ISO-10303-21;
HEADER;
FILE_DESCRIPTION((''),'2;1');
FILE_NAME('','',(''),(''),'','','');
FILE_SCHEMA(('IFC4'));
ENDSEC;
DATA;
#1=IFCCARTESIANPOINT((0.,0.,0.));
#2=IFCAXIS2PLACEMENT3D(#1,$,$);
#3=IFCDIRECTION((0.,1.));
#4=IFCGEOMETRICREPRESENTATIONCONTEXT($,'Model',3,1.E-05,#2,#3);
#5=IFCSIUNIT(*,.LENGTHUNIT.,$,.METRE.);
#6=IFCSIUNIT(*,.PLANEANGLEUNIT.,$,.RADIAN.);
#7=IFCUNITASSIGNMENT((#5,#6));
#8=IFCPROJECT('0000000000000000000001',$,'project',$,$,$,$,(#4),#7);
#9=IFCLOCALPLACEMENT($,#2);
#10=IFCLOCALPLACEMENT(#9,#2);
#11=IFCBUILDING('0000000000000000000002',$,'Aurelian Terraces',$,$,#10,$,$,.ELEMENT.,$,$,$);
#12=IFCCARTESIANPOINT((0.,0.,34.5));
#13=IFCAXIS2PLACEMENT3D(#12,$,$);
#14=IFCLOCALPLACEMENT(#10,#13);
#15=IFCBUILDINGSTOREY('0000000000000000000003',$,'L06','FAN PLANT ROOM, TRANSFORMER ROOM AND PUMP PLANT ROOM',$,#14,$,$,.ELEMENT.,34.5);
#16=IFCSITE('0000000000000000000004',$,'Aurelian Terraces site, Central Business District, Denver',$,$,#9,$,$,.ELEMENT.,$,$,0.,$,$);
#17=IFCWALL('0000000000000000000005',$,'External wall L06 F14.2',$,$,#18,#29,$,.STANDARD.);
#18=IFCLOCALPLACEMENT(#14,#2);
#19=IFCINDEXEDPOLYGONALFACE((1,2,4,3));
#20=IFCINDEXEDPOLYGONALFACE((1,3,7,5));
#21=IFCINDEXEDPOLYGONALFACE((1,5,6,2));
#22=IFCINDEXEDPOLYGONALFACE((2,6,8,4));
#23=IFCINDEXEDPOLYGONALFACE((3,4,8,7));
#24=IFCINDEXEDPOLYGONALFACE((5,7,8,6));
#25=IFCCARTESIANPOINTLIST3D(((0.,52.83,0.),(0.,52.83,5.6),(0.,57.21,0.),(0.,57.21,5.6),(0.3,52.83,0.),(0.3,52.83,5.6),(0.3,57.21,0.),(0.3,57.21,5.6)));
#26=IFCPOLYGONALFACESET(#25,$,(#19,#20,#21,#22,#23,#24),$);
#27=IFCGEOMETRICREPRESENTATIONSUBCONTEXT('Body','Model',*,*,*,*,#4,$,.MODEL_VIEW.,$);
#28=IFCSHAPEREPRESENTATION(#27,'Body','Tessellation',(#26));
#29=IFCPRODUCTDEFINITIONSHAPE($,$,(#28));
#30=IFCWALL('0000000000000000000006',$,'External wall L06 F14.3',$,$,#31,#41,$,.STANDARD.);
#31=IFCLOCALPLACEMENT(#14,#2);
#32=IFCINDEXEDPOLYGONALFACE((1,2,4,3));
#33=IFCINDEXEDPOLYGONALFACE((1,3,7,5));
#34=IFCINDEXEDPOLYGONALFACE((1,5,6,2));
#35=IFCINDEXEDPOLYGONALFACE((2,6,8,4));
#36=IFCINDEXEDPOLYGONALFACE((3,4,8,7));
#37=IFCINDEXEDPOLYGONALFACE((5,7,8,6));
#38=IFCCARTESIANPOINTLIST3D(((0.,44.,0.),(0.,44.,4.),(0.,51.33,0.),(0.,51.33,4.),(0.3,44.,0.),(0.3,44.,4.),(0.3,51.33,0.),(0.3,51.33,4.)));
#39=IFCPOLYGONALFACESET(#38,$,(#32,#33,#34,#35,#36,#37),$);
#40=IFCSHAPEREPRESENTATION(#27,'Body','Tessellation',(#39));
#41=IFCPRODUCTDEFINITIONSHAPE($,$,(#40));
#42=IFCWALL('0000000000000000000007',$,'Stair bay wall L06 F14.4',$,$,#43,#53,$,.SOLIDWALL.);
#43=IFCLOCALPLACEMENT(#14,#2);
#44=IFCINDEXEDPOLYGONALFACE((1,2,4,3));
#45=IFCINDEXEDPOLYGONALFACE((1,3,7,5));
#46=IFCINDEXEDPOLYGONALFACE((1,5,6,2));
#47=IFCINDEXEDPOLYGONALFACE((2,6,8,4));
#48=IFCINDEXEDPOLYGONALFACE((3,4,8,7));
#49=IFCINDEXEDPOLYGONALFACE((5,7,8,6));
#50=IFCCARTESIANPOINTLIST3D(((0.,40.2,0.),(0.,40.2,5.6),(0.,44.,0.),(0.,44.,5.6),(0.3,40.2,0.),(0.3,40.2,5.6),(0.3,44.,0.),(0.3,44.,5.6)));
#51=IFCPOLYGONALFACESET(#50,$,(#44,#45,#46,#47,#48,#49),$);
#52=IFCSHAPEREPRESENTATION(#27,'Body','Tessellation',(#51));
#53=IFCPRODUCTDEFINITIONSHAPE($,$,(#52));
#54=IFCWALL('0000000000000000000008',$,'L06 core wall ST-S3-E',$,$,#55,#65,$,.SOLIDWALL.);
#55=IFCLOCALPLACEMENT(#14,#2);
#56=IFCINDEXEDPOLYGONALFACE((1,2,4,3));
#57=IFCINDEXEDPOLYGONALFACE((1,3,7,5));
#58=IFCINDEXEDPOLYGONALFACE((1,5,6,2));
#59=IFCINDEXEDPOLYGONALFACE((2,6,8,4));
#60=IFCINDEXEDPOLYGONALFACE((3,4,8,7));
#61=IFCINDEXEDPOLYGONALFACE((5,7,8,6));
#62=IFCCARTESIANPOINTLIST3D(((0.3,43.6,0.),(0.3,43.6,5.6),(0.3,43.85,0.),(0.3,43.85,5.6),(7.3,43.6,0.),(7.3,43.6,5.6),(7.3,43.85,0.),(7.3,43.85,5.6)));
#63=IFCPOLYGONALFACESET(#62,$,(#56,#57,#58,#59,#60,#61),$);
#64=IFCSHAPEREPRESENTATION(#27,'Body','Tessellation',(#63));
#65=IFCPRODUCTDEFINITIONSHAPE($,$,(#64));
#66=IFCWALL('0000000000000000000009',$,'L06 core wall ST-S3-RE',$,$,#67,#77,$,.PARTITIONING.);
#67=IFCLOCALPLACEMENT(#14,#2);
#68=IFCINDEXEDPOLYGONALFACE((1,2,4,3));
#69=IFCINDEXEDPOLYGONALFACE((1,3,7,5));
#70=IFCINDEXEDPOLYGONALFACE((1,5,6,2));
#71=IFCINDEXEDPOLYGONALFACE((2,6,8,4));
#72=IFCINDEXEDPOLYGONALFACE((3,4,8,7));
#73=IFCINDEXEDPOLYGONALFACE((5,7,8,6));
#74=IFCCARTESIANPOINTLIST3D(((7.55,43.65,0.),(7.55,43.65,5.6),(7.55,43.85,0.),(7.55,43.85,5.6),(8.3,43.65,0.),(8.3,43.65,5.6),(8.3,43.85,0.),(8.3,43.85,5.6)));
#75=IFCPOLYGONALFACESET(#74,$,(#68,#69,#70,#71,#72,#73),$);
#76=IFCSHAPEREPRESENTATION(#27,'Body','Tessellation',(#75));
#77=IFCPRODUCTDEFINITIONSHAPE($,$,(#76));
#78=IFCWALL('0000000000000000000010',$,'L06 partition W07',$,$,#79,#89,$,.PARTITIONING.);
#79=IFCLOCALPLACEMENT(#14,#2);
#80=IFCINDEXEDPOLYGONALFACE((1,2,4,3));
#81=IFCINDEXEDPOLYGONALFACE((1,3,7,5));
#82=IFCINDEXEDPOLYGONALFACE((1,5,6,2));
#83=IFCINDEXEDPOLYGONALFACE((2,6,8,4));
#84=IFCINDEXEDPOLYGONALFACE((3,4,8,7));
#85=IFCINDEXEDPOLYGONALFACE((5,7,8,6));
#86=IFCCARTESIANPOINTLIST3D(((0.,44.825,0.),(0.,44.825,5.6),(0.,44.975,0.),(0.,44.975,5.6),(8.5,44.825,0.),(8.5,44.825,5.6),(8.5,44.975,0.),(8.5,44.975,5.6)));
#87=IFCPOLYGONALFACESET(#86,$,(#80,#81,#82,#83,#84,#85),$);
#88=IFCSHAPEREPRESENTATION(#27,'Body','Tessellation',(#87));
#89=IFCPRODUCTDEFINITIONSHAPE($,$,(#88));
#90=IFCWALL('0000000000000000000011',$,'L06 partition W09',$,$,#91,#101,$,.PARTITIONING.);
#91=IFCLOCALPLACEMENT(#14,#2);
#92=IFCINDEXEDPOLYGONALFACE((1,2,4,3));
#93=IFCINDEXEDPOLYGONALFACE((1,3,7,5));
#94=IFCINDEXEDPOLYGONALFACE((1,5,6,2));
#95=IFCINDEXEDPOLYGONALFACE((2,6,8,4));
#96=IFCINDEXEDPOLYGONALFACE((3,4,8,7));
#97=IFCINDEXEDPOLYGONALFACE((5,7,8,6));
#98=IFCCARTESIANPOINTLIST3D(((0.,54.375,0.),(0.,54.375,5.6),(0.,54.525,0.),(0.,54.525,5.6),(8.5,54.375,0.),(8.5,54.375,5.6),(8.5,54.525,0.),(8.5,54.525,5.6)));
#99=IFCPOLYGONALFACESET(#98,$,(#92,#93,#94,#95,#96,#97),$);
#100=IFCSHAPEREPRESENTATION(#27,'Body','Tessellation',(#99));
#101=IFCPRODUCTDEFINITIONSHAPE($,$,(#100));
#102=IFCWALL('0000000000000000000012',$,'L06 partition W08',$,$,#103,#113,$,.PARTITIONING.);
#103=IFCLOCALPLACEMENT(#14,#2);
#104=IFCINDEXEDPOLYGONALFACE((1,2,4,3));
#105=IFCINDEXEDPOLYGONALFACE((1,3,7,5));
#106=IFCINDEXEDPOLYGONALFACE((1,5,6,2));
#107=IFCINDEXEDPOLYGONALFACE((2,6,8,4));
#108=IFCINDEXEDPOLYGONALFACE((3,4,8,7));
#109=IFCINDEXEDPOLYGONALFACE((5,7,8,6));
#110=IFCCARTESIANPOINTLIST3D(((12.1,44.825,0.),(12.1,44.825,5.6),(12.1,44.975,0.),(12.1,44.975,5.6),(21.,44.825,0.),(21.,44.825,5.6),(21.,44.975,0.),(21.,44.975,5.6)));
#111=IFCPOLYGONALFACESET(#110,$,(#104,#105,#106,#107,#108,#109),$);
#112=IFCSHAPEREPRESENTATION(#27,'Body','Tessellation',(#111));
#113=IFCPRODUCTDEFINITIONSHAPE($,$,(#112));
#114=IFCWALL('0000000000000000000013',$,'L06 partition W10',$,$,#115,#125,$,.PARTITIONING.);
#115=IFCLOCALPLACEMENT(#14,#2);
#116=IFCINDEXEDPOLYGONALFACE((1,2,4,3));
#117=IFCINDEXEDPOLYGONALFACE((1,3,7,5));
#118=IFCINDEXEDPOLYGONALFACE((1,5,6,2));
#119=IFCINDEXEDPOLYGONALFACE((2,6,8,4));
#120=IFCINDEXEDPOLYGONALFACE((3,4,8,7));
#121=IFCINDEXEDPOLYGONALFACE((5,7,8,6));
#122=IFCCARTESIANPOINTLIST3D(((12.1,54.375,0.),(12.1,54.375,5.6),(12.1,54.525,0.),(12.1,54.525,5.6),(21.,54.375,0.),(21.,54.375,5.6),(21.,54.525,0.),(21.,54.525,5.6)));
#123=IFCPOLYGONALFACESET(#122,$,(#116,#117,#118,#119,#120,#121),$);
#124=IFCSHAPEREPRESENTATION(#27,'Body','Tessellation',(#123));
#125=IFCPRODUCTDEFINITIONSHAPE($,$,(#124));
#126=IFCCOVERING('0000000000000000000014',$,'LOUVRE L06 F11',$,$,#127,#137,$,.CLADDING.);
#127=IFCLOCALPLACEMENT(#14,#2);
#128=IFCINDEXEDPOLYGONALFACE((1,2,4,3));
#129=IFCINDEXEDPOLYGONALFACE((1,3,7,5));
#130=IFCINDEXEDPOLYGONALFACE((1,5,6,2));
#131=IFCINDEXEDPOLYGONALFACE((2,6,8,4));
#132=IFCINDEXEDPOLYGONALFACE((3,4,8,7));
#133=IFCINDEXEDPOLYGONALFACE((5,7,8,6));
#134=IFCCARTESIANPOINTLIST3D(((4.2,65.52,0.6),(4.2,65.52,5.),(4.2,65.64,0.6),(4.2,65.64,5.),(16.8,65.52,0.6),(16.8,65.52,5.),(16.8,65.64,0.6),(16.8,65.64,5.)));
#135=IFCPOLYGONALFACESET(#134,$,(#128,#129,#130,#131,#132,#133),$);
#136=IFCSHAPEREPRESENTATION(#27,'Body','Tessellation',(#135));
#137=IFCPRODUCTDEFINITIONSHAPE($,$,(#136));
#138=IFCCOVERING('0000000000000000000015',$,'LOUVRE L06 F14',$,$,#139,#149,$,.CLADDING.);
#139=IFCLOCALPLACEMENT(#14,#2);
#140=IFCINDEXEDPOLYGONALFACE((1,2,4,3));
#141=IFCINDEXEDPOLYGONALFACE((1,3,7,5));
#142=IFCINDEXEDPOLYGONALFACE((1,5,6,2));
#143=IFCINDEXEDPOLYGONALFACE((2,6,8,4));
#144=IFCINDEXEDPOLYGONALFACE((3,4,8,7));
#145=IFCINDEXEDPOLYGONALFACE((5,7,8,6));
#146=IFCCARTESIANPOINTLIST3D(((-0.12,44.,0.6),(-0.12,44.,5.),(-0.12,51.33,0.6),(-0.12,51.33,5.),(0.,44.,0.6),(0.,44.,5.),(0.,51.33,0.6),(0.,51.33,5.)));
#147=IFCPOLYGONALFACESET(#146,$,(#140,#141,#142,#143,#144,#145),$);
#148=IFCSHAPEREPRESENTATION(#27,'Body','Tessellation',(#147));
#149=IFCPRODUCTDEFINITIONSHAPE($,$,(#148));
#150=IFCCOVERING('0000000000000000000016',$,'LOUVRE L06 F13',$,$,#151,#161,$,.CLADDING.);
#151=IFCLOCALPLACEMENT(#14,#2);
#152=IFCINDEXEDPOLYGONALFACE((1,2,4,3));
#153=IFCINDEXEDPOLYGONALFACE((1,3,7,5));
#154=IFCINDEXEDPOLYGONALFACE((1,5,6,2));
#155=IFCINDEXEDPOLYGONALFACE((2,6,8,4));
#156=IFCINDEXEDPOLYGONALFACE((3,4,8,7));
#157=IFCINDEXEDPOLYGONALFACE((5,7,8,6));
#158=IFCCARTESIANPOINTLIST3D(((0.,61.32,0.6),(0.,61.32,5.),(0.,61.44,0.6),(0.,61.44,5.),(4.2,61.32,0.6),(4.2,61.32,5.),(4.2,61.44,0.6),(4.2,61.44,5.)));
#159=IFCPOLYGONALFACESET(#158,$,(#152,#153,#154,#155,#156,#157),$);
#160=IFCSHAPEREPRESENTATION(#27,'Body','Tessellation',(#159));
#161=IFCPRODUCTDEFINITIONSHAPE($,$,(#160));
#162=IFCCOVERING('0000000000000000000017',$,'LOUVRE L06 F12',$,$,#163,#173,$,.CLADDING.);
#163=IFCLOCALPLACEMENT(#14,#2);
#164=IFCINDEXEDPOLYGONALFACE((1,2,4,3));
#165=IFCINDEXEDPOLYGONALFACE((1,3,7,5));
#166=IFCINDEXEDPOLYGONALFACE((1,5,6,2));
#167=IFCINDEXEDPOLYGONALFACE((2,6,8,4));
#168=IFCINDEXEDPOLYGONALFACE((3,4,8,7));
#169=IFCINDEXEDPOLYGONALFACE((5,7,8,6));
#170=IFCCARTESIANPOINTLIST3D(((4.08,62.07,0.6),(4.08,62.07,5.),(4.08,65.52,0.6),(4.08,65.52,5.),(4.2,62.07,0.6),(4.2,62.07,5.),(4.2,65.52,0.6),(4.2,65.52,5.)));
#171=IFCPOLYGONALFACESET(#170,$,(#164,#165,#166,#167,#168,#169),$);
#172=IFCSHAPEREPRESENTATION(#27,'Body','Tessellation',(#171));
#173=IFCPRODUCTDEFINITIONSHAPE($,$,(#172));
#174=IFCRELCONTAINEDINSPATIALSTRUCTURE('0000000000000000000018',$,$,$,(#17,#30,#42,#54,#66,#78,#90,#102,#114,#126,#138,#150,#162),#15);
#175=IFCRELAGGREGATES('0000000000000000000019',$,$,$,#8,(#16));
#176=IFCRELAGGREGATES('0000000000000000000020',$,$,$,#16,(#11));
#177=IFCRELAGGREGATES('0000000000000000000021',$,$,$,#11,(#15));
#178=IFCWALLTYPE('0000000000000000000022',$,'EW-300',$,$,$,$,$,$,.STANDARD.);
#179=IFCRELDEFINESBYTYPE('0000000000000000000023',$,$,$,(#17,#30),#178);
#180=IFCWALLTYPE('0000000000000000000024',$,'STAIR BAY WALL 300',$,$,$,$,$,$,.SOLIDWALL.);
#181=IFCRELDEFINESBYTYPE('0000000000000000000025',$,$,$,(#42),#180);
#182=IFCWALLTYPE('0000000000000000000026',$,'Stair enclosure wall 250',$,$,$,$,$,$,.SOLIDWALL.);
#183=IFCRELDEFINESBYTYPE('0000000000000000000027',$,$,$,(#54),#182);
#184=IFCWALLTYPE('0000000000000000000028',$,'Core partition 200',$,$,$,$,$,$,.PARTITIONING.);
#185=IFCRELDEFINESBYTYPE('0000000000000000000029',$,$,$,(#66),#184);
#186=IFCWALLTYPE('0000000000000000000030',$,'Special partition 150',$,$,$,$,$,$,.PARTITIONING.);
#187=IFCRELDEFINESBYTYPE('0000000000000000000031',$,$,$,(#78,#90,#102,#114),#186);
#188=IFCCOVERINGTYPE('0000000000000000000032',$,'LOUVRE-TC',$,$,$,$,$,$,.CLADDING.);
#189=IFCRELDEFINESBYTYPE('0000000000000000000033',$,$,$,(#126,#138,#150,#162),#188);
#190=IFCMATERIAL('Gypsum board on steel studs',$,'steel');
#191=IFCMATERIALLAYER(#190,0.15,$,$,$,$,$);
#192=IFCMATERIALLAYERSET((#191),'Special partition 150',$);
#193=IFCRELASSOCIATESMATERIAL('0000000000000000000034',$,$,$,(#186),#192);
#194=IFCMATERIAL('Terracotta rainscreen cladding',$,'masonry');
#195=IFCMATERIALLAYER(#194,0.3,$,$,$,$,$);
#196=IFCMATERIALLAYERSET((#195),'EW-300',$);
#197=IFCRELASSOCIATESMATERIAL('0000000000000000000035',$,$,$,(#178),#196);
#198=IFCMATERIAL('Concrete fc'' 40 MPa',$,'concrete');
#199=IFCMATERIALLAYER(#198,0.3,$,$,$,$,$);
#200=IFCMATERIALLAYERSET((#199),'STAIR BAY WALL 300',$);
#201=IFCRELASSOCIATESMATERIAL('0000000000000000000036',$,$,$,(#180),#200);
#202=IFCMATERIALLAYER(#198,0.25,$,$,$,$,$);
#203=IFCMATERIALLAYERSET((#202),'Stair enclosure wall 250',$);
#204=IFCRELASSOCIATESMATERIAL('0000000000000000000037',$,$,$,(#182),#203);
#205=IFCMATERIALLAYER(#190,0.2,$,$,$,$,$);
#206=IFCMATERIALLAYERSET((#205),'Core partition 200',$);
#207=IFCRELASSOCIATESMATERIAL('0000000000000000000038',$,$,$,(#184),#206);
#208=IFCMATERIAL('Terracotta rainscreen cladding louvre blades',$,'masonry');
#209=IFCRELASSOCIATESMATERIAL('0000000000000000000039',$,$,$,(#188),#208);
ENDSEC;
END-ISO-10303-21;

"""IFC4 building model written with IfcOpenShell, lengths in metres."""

from ifc_helpers import new_model, si_unit, direction, frame, frame_2d, origin, origin_2d, place, context, subcontext, project, spatial, rectangle, extrude, source, transform, mapped, material, layer, layer_set, type_object, element, save


model = new_model("IFC4")

# Units and contexts
model_context = context("Model", 3, precision=1e-05, world=origin(), true_north=direction((0.0, 1.0)))
body_context = subcontext(model_context, "Body", "Model", "MODEL_VIEW")
ifc_project = project(units=[si_unit("LENGTHUNIT", "METRE"), si_unit("PLANEANGLEUNIT", "RADIAN")], contexts=[model_context])

# Site, building, storey
site_placement = place(None, origin())
site = spatial("IfcSite", under=ifc_project, at=site_placement, Name="Aurelian Terraces site, Central Business District, Denver", CompositionType="ELEMENT", RefElevation=0.0)
building_placement = place(site_placement, origin())
building = spatial("IfcBuilding", under=site, at=building_placement, Name="Aurelian Terraces", CompositionType="ELEMENT")
storey_placement = place(building_placement, frame((0.0, 0.0, 34.5)))
storey = spatial("IfcBuildingStorey", under=building, at=storey_placement, Name="L06", Description="FAN PLANT ROOM, TRANSFORMER ROOM AND PUMP PLANT ROOM", CompositionType="ELEMENT", Elevation=34.5)

# Shared definitions
ifc_material_1 = material(Name="Terracotta rainscreen cladding", Category="masonry")

# Shared definitions
ifc_material_2 = material(Name="Gypsum board on steel studs", Category="steel")
ifc_layer_1 = layer(ifc_material_2, 0.15)
ifc_layer_set_1 = layer_set([ifc_layer_1], Name="Special partition 150")
wall_type_1 = type_object("IfcWallType", Name="Special partition 150", PredefinedType="PARTITIONING", material=ifc_layer_set_1)

# Walls
ifc_layer_2 = layer(ifc_material_1, 0.3)
ifc_layer_set_2 = layer_set([ifc_layer_2], Name="EW-300")
wall_type_2 = type_object("IfcWallType", Name="EW-300", PredefinedType="STANDARD", material=ifc_layer_set_2)
shared_shape_1 = source(origin(), body_context, "Body", "SweptSolid", [
    extrude(rectangle(XDim=4.38, YDim=0.3, at=frame_2d((2.19, 0.0))), origin(), (0.0, 0.0, 1.0), 5.6),
])
wall_1_placement = place(storey_placement, frame((0.15, 57.21, 0.0), z_axis=(0.0, 0.0, 1.0), x_axis=(0.0, -1.0, 0.0)))
element("IfcWall", 1, at=wall_1_placement, inside=storey, type_object=wall_type_2, Name="External wall L06 F14.2", PredefinedType="STANDARD", context=body_context, shape_type="MappedRepresentation", body=[
    mapped(shared_shape_1, transform((0.0, 0.0, 0.0), scale=1.0)),
])
shared_shape_2 = source(origin(), body_context, "Body", "SweptSolid", [
    extrude(rectangle(XDim=7.33, YDim=0.3, at=frame_2d((3.665, 0.0))), origin(), (0.0, 0.0, 1.0), 4.0),
])
wall_2_placement = place(storey_placement, frame((0.15, 51.33, 0.0), z_axis=(0.0, 0.0, 1.0), x_axis=(0.0, -1.0, 0.0)))
element("IfcWall", 2, at=wall_2_placement, inside=storey, type_object=wall_type_2, Name="External wall L06 F14.3", PredefinedType="STANDARD", context=body_context, shape_type="MappedRepresentation", body=[
    mapped(shared_shape_2, transform((0.0, 0.0, 0.0), scale=1.0)),
])
ifc_material_3 = material(Name="Concrete fc' 40 MPa", Category="concrete")
ifc_layer_3 = layer(ifc_material_3, 0.3)
ifc_layer_set_3 = layer_set([ifc_layer_3], Name="STAIR BAY WALL 300")
wall_type_3 = type_object("IfcWallType", Name="STAIR BAY WALL 300", PredefinedType="SOLIDWALL", material=ifc_layer_set_3)
shared_shape_3 = source(origin(), body_context, "Body", "SweptSolid", [
    extrude(rectangle(XDim=3.8, YDim=0.3, at=frame_2d((1.9, 0.0))), origin(), (0.0, 0.0, 1.0), 5.6),
])
wall_3_placement = place(storey_placement, frame((0.15, 44.0, 0.0), z_axis=(0.0, 0.0, 1.0), x_axis=(0.0, -1.0, 0.0)))
element("IfcWall", 3, at=wall_3_placement, inside=storey, type_object=wall_type_3, Name="Stair bay wall L06 F14.4", PredefinedType="SOLIDWALL", context=body_context, shape_type="MappedRepresentation", body=[
    mapped(shared_shape_3, transform((0.0, 0.0, 0.0), scale=1.0)),
])
ifc_layer_4 = layer(ifc_material_3, 0.25)
ifc_layer_set_4 = layer_set([ifc_layer_4], Name="Stair enclosure wall 250")
wall_type_4 = type_object("IfcWallType", Name="Stair enclosure wall 250", PredefinedType="SOLIDWALL", material=ifc_layer_set_4)
shared_shape_4 = source(origin(), body_context, "Body", "SweptSolid", [
    extrude(rectangle(XDim=7.0, YDim=0.25, at=frame_2d((3.5, 0.0))), origin(), (0.0, 0.0, 1.0), 5.6),
])
wall_4_placement = place(storey_placement, frame((0.3, 43.725, 0.0), z_axis=(0.0, 0.0, 1.0), x_axis=(1.0, 0.0, 0.0)))
element("IfcWall", 4, at=wall_4_placement, inside=storey, type_object=wall_type_4, Name="L06 core wall ST-S3-E", PredefinedType="SOLIDWALL", context=body_context, shape_type="MappedRepresentation", body=[
    mapped(shared_shape_4, transform((0.0, 0.0, 0.0), scale=1.0)),
])
ifc_layer_5 = layer(ifc_material_2, 0.2)
ifc_layer_set_5 = layer_set([ifc_layer_5], Name="Core partition 200")
wall_type_5 = type_object("IfcWallType", Name="Core partition 200", PredefinedType="PARTITIONING", material=ifc_layer_set_5)
shared_shape_5 = source(origin(), body_context, "Body", "SweptSolid", [
    extrude(rectangle(XDim=0.75, YDim=0.2, at=frame_2d((0.375, 0.0))), origin(), (0.0, 0.0, 1.0), 5.6),
])
wall_5_placement = place(storey_placement, frame((7.55, 43.75, 0.0), z_axis=(0.0, 0.0, 1.0), x_axis=(1.0, 0.0, 0.0)))
element("IfcWall", 5, at=wall_5_placement, inside=storey, type_object=wall_type_5, Name="L06 core wall ST-S3-RE", PredefinedType="PARTITIONING", context=body_context, shape_type="MappedRepresentation", body=[
    mapped(shared_shape_5, transform((0.0, 0.0, 0.0), scale=1.0)),
])
shared_shape_6 = source(origin(), body_context, "Body", "SweptSolid", [
    extrude(rectangle(XDim=8.5, YDim=0.15, at=frame_2d((4.25, 0.0))), origin(), (0.0, 0.0, 1.0), 5.6),
])
for number, where, z_axis, x_axis, name in (
    (6, (0.0, 44.9, 0.0), (0.0, 0.0, 1.0), (1.0, 0.0, 0.0), "L06 partition W07"),
    (7, (0.0, 54.45, 0.0), (0.0, 0.0, 1.0), (1.0, 0.0, 0.0), "L06 partition W09"),
):
    element("IfcWall", number, at=place(storey_placement, frame(where, z_axis=z_axis, x_axis=x_axis)), inside=storey, type_object=wall_type_1, Name=name, PredefinedType="PARTITIONING", context=body_context, shape_type="MappedRepresentation", body=[
        mapped(shared_shape_6, transform((0.0, 0.0, 0.0), scale=1.0)),
    ])
shared_shape_7 = source(origin(), body_context, "Body", "SweptSolid", [
    extrude(rectangle(XDim=8.9, YDim=0.15, at=frame_2d((4.45, 0.0))), origin(), (0.0, 0.0, 1.0), 5.6),
])
for number, where, z_axis, x_axis, name in (
    (8, (12.1, 44.9, 0.0), (0.0, 0.0, 1.0), (1.0, 0.0, 0.0), "L06 partition W08"),
    (9, (12.1, 54.45, 0.0), (0.0, 0.0, 1.0), (1.0, 0.0, 0.0), "L06 partition W10"),
):
    element("IfcWall", number, at=place(storey_placement, frame(where, z_axis=z_axis, x_axis=x_axis)), inside=storey, type_object=wall_type_1, Name=name, PredefinedType="PARTITIONING", context=body_context, shape_type="MappedRepresentation", body=[
        mapped(shared_shape_7, transform((0.0, 0.0, 0.0), scale=1.0)),
    ])

# Coverings
ifc_material_4 = material(Name="Terracotta rainscreen cladding louvre blades", Category="masonry")
covering_type = type_object("IfcCoveringType", Name="LOUVRE-TC", PredefinedType="CLADDING", material=ifc_material_4)
covering_1_placement = place(storey_placement, frame((10.5, 65.58, 0.6), z_axis=(0.0, 0.0, 1.0), x_axis=(1.0, 0.0, 0.0)))
element("IfcCovering", 10, at=covering_1_placement, inside=storey, type_object=covering_type, Name="LOUVRE L06 F11", PredefinedType="CLADDING", context=body_context, shape_type="SweptSolid", body=[
    extrude(rectangle(XDim=12.6, YDim=0.12, at=origin_2d()), origin(), (0.0, 0.0, 1.0), 4.4),
])
covering_2_placement = place(storey_placement, frame((-0.06, 47.665, 0.6), z_axis=(0.0, 0.0, 1.0), x_axis=(1.0, 0.0, 0.0)))
element("IfcCovering", 11, at=covering_2_placement, inside=storey, type_object=covering_type, Name="LOUVRE L06 F14", PredefinedType="CLADDING", context=body_context, shape_type="SweptSolid", body=[
    extrude(rectangle(XDim=0.12, YDim=7.33, at=origin_2d()), origin(), (0.0, 0.0, 1.0), 4.4),
])
shared_shape_8 = source(origin(), body_context, "Body", "SweptSolid", [
    extrude(rectangle(XDim=4.2, YDim=0.12, at=origin_2d()), origin(), (0.0, 0.0, 1.0), 4.4),
])
covering_3_placement = place(storey_placement, frame((2.1, 61.38, 0.6), z_axis=(0.0, 0.0, 1.0), x_axis=(1.0, 0.0, 0.0)))
element("IfcCovering", 12, at=covering_3_placement, inside=storey, type_object=covering_type, Name="LOUVRE L06 F13", PredefinedType="CLADDING", context=body_context, shape_type="MappedRepresentation", body=[
    mapped(shared_shape_8, transform((0.0, 0.0, 0.0), scale=1.0)),
])
shared_shape_9 = source(origin(), body_context, "Body", "SweptSolid", [
    extrude(rectangle(XDim=0.12, YDim=3.45, at=origin_2d()), origin(), (0.0, 0.0, 1.0), 4.4),
])
covering_4_placement = place(storey_placement, frame((4.14, 63.795, 0.6), z_axis=(0.0, 0.0, 1.0), x_axis=(1.0, 0.0, 0.0)))
element("IfcCovering", 13, at=covering_4_placement, inside=storey, type_object=covering_type, Name="LOUVRE L06 F12", PredefinedType="CLADDING", context=body_context, shape_type="MappedRepresentation", body=[
    mapped(shared_shape_9, transform((0.0, 0.0, 0.0), scale=1.0)),
])

save(model, "model.ifc")
